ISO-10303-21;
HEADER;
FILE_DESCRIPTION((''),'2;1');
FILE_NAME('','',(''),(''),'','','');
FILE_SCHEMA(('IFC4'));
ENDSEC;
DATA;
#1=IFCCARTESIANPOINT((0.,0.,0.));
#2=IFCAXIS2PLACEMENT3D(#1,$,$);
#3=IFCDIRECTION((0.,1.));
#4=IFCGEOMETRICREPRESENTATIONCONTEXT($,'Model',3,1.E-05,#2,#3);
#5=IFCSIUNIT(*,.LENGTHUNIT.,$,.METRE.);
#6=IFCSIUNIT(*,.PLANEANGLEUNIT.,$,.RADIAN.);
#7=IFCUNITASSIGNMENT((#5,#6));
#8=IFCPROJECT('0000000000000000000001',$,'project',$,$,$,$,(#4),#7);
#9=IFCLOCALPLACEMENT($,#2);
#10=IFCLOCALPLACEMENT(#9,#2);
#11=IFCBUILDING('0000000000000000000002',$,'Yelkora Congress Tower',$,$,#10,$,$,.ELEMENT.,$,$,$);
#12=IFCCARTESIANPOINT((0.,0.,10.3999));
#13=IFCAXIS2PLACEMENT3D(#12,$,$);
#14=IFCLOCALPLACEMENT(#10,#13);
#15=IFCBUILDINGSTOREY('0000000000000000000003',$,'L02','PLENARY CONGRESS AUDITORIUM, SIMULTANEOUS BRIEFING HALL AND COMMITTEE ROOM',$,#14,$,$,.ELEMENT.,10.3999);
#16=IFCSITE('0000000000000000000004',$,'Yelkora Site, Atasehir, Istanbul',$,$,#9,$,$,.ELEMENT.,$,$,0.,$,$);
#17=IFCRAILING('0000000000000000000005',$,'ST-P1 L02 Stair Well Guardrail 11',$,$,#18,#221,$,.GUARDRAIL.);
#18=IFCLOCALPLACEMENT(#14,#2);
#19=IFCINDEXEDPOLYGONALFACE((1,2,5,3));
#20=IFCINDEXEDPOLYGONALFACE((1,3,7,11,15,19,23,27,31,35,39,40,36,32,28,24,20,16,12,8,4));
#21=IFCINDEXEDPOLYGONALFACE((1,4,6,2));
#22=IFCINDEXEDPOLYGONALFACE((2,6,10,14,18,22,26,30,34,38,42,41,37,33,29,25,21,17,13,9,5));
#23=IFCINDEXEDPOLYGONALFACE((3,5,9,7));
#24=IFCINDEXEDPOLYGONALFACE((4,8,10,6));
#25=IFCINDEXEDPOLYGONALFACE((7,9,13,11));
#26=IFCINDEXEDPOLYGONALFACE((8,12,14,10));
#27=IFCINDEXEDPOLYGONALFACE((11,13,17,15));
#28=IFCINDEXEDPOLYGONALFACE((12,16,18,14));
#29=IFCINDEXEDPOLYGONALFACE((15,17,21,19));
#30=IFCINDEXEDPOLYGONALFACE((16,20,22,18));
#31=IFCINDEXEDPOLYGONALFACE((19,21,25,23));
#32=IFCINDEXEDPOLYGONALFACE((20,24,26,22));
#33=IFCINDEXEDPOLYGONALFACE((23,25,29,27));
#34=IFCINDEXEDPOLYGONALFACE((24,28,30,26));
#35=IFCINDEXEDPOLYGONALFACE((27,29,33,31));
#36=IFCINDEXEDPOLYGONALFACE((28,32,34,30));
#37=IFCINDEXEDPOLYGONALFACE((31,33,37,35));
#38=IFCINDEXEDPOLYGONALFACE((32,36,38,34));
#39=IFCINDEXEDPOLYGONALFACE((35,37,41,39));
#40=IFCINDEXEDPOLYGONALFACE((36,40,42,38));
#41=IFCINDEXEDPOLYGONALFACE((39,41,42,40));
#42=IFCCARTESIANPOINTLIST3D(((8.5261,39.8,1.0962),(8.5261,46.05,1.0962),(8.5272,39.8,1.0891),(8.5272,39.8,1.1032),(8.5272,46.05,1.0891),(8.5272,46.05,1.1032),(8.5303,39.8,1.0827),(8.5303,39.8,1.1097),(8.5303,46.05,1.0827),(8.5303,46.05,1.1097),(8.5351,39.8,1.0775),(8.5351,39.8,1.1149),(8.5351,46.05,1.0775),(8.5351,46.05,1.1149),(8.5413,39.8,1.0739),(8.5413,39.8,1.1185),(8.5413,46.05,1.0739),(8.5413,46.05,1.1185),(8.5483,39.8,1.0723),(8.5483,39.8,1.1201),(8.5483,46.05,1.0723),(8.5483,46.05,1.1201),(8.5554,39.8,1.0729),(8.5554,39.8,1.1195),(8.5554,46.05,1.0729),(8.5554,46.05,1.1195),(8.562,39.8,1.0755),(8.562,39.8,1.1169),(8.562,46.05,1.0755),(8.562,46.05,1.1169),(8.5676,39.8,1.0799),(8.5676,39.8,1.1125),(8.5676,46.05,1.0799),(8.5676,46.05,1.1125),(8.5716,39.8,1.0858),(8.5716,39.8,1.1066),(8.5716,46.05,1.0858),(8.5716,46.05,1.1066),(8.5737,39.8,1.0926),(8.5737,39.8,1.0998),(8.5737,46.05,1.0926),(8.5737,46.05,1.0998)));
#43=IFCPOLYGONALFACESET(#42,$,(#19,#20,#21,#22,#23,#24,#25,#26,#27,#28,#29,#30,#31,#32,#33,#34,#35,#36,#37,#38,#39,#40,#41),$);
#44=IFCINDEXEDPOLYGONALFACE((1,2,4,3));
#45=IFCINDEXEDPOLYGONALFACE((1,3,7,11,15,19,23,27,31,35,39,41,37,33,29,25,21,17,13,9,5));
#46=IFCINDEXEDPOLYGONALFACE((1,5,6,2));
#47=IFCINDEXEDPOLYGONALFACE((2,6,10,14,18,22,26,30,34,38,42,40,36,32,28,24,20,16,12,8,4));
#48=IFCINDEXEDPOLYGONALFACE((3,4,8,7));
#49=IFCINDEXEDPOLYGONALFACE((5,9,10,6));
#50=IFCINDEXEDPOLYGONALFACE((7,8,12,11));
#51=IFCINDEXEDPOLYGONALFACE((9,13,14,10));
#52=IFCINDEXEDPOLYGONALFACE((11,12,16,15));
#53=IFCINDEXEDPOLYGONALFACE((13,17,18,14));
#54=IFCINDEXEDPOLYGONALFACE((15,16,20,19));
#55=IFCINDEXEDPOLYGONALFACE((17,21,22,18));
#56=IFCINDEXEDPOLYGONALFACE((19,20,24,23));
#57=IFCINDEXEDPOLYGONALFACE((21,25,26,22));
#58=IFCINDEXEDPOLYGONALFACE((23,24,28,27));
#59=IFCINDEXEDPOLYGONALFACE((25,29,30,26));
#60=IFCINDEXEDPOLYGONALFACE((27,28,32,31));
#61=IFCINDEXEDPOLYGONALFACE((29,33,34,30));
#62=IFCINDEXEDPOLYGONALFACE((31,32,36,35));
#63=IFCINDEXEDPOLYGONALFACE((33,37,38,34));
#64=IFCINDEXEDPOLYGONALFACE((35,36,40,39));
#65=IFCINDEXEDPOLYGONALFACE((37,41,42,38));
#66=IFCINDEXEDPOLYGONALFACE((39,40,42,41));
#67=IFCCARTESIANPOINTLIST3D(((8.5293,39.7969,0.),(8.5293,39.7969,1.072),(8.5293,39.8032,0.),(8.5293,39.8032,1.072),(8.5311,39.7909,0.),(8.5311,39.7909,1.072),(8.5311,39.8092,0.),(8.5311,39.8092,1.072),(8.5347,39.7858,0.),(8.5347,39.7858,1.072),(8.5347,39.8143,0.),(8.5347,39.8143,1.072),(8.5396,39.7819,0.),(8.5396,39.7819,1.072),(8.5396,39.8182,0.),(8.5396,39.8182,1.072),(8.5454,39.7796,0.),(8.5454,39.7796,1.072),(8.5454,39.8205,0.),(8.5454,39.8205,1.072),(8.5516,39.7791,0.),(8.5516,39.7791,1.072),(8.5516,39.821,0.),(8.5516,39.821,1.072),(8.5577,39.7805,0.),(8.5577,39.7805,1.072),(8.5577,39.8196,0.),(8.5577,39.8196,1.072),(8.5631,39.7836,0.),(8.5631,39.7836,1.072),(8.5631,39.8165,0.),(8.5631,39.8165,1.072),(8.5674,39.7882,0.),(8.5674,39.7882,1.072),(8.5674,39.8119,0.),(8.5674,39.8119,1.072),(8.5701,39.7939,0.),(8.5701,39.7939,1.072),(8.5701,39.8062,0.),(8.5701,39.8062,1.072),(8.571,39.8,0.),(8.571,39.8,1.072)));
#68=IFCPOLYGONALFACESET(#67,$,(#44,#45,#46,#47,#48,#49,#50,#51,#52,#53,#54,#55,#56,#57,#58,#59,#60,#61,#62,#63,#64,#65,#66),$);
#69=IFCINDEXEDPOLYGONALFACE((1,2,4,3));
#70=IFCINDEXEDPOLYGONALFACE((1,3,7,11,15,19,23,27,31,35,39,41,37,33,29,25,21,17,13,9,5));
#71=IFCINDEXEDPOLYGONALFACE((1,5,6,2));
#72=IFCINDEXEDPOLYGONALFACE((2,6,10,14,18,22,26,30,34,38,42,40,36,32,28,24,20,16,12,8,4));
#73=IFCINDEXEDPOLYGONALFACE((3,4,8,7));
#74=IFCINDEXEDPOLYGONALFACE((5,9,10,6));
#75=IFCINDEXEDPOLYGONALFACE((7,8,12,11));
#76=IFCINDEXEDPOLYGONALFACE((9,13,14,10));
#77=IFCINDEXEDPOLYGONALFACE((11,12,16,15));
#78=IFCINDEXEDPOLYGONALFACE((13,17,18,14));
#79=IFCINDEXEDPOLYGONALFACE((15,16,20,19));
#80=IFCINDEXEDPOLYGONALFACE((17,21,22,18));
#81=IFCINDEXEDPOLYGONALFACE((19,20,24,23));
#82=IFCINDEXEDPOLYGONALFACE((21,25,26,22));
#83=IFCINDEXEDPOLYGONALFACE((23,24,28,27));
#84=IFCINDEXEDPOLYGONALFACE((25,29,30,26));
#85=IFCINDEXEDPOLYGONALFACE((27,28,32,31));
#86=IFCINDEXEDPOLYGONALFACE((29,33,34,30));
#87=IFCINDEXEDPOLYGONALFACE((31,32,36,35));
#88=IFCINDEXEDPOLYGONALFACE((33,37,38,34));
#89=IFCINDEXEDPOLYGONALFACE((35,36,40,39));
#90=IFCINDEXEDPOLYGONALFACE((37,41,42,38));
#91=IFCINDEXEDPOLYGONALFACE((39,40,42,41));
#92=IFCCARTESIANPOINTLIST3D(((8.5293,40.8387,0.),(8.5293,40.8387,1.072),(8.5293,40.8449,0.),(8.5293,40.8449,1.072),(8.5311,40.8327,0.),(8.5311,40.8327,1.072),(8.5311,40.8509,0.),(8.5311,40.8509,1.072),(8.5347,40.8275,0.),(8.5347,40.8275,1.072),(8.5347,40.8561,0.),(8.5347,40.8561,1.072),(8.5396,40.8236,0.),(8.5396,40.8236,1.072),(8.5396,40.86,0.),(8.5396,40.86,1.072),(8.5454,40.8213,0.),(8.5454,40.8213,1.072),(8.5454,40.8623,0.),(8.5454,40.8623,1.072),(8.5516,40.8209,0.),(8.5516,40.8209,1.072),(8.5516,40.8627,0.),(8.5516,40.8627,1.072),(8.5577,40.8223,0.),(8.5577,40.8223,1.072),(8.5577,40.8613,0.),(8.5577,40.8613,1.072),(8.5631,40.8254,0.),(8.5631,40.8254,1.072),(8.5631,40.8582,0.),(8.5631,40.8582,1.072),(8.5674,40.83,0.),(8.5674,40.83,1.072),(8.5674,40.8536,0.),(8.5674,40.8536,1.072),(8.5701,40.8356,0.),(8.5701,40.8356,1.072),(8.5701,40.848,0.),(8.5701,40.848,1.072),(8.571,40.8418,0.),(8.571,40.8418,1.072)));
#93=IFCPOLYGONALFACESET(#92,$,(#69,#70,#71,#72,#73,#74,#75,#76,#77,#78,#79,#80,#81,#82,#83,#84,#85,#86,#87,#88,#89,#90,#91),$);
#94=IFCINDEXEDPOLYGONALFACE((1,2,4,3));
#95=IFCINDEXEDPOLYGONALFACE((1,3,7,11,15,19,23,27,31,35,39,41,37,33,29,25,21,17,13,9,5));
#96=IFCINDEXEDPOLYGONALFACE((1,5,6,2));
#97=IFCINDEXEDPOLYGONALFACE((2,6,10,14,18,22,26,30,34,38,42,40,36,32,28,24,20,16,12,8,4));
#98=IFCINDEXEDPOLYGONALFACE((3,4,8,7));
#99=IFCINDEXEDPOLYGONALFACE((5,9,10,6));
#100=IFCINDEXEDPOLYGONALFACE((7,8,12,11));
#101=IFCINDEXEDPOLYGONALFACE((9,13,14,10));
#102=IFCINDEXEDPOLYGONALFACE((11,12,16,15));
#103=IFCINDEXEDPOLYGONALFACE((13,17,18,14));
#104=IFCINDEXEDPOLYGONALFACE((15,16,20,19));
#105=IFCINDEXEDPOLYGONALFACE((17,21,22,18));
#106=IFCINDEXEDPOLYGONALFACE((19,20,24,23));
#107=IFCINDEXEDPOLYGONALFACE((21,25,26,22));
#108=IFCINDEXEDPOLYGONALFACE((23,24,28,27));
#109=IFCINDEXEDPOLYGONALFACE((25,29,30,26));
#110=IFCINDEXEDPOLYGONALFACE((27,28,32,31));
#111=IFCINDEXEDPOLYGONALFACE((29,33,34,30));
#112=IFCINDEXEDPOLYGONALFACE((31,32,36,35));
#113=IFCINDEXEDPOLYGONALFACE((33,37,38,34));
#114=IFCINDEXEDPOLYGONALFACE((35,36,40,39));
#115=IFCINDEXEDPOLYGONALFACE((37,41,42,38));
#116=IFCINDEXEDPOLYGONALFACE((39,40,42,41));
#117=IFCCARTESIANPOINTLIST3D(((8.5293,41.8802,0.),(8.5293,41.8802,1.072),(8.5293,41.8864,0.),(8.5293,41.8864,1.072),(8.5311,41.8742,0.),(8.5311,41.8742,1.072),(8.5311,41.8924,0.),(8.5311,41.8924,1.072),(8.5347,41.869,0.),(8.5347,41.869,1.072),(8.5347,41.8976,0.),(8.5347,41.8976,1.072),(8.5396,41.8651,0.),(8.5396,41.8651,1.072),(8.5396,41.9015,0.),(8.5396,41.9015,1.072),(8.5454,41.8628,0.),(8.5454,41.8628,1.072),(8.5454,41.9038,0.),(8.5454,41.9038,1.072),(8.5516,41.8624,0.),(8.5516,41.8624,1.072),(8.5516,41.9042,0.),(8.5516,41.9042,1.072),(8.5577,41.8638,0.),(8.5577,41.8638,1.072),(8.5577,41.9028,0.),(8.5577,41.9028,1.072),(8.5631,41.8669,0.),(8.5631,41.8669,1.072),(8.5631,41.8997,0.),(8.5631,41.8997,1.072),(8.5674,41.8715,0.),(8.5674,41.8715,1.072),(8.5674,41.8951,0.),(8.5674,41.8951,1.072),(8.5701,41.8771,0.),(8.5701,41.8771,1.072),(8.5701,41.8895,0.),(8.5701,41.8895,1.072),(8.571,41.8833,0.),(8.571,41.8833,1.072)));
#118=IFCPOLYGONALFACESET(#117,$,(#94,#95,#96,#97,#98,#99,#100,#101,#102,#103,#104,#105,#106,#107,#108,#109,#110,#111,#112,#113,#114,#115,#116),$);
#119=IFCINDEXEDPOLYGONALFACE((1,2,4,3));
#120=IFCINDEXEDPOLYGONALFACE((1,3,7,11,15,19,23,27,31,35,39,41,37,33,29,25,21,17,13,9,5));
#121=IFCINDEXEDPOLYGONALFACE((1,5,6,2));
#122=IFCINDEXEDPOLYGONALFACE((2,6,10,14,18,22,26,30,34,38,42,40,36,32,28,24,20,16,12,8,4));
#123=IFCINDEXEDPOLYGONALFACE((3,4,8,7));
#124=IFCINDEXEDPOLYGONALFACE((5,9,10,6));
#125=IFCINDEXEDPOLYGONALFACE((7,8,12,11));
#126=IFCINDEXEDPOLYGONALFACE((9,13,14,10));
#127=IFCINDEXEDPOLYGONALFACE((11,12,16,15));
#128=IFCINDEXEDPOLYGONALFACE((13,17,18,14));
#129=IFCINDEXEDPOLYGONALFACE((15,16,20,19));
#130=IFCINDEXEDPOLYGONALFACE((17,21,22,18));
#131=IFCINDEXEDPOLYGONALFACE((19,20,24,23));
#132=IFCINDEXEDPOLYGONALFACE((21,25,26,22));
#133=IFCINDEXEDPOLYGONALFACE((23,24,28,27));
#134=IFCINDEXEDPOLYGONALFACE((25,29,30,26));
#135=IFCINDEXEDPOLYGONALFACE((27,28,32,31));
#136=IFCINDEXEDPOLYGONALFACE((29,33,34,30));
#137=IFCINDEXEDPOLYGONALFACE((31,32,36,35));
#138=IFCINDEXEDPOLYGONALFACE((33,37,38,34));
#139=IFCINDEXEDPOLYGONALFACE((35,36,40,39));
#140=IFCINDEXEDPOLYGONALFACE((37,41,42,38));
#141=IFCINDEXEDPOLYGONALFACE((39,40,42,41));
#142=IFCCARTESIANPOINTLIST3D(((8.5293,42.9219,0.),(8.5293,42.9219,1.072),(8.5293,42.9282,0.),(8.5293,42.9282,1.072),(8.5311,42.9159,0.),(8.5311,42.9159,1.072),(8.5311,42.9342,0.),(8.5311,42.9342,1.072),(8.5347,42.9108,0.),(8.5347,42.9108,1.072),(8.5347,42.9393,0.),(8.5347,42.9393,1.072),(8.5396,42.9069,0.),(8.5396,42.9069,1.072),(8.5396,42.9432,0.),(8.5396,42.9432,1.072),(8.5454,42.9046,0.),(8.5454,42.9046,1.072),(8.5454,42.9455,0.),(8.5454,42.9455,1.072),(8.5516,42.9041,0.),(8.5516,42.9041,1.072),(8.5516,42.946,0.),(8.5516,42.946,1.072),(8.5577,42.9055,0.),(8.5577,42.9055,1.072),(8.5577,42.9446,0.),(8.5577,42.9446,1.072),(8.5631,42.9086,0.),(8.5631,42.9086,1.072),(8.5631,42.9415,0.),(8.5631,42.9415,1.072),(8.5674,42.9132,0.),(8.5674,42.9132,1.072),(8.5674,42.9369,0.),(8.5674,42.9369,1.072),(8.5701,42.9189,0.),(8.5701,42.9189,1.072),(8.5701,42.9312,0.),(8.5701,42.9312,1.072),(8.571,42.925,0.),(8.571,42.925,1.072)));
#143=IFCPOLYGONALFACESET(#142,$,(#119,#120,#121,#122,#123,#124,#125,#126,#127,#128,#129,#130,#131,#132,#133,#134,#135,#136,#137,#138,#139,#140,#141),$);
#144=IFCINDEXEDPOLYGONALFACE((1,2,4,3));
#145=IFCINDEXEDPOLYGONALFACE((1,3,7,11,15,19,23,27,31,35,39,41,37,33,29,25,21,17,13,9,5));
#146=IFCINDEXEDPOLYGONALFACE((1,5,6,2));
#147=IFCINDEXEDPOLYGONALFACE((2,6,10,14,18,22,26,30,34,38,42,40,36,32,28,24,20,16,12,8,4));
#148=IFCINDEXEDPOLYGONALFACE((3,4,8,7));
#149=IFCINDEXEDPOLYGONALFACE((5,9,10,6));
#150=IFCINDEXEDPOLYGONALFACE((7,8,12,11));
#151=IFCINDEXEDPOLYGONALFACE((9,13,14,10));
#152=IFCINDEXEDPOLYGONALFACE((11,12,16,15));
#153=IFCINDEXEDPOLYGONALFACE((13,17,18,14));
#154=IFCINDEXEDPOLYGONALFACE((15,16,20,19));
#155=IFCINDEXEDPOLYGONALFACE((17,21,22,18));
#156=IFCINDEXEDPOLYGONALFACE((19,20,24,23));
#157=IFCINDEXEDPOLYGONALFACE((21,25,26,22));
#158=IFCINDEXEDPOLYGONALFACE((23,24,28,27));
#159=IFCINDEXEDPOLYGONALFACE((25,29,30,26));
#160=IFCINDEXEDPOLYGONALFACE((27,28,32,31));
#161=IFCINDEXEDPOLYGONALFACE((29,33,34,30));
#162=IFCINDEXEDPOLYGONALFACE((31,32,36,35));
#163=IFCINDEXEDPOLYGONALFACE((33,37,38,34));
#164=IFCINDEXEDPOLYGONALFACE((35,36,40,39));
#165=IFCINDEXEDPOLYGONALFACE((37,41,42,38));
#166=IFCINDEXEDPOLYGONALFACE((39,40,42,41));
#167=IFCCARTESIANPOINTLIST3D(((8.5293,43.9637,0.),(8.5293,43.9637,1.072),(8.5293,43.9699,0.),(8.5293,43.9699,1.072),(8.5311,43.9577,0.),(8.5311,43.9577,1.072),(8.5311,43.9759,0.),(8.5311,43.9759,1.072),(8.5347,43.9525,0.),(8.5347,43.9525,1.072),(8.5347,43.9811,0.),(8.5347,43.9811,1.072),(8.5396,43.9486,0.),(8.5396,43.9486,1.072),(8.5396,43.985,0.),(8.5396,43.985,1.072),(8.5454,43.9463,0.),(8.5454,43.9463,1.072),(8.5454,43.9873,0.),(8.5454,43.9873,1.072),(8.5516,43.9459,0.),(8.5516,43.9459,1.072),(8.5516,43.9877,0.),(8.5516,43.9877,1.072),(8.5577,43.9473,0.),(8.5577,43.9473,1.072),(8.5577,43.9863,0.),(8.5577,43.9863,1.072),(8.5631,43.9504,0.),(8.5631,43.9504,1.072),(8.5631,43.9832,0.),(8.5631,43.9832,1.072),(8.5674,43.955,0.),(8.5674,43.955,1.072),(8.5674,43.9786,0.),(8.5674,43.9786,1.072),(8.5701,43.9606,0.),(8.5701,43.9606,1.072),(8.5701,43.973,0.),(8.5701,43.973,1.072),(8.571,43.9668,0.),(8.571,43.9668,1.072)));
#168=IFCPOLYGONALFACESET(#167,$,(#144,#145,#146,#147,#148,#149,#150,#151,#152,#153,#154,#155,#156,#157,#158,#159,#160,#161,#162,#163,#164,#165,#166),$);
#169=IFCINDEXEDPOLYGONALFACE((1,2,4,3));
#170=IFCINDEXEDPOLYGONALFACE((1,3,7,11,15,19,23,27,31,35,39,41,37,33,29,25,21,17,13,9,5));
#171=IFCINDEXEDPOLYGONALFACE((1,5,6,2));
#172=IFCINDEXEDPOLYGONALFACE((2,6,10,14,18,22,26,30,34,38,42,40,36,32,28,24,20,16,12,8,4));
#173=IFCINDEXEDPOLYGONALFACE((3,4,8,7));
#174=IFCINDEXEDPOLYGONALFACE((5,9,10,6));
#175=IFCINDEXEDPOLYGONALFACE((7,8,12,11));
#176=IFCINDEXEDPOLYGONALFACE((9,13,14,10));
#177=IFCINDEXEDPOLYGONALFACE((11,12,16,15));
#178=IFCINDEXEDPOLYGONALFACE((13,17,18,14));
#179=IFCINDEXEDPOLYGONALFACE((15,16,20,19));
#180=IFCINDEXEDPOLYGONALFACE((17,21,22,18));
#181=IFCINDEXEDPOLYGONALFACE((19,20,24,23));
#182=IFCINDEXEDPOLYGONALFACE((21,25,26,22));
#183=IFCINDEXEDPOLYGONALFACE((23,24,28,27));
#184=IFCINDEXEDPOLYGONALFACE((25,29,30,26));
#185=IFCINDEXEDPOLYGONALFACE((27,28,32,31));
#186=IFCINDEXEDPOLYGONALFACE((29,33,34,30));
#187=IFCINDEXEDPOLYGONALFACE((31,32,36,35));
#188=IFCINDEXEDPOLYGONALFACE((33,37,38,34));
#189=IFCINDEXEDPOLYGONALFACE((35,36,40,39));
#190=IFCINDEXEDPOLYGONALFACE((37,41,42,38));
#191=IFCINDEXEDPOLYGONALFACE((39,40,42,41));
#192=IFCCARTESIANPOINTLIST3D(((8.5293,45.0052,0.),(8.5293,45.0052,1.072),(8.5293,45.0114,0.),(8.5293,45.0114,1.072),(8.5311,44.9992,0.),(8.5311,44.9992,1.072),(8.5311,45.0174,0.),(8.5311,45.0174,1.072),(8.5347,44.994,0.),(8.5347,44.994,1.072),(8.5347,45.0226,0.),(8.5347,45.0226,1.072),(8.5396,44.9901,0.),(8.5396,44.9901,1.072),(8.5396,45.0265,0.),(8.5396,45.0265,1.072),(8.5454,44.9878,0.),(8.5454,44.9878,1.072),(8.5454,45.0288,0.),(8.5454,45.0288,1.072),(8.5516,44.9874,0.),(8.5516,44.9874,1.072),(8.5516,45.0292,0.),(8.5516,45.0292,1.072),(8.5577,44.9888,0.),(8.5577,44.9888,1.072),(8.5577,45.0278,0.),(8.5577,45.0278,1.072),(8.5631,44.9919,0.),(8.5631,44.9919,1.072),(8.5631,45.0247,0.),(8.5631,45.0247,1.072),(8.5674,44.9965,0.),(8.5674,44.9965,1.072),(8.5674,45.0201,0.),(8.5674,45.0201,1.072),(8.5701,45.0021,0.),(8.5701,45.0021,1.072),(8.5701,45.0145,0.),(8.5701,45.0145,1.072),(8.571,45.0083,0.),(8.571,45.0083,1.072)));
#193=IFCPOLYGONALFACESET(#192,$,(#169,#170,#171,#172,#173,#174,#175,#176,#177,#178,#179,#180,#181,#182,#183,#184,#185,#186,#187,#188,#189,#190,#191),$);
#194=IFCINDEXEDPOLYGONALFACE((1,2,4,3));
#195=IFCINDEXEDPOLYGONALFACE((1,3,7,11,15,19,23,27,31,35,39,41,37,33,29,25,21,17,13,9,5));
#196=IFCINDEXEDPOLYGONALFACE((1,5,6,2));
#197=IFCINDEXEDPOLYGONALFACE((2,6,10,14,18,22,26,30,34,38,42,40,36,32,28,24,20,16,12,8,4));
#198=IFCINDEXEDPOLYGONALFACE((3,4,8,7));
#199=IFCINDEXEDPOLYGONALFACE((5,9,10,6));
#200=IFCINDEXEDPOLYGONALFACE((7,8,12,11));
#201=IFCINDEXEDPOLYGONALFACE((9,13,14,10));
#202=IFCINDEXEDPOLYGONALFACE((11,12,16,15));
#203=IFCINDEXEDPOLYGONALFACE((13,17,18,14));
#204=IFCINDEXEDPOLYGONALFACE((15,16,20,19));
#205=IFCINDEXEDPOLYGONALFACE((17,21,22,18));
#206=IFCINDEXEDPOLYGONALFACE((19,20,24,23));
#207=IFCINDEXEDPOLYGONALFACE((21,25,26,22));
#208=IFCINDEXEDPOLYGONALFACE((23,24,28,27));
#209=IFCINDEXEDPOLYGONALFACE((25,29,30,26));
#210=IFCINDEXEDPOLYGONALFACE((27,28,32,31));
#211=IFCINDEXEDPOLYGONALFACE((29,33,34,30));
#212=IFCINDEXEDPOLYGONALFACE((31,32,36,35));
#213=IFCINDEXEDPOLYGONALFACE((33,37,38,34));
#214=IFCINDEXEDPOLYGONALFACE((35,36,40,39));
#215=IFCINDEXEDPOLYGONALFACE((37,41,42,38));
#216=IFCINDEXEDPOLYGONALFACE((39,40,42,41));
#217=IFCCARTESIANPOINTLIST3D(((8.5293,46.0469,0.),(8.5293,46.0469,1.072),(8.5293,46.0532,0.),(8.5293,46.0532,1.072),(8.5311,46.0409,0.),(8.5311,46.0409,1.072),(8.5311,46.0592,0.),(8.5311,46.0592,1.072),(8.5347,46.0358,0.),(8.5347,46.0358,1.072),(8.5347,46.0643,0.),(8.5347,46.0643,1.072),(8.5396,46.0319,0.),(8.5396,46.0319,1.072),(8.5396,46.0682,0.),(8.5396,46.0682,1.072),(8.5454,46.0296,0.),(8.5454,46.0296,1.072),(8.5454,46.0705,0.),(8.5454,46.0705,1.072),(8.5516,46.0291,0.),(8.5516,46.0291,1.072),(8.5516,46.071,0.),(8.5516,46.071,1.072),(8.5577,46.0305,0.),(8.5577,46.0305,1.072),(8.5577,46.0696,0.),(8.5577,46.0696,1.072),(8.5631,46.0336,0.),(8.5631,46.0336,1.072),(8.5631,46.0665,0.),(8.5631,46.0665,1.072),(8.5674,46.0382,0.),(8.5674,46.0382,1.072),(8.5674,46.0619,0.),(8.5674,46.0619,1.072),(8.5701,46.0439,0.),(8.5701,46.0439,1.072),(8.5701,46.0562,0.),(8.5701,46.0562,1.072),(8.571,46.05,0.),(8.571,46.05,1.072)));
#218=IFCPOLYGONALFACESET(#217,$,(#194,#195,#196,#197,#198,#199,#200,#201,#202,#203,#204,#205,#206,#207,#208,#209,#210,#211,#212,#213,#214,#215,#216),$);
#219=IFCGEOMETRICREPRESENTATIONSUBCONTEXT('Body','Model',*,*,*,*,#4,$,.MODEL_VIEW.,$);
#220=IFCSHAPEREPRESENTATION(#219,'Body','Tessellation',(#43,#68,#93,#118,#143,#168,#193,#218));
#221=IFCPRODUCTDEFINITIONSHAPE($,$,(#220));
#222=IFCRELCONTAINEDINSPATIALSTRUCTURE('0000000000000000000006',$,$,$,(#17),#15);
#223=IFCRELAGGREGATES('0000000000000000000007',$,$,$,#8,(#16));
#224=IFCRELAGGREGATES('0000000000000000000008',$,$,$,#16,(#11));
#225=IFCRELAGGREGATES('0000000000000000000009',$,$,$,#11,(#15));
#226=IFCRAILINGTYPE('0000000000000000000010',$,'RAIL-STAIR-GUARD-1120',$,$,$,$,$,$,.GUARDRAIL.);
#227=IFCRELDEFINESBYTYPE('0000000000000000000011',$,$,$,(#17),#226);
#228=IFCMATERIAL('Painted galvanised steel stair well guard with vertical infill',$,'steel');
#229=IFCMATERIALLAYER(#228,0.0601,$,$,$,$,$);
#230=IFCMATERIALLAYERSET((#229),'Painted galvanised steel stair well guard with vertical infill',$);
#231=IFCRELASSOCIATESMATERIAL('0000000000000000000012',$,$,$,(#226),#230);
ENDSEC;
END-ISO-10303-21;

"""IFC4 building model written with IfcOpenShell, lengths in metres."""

from ifc_helpers import new_model, si_unit, direction, frame, origin, origin_2d, place, context, subcontext, project, spatial, circle, extrude, material, layer, layer_set, type_object, element, save


model = new_model("IFC4")

# Units and contexts
model_context = context("Model", 3, precision=1e-05, world=origin(), true_north=direction((0.0, 1.0)))
body_context = subcontext(model_context, "Body", "Model", "MODEL_VIEW")
ifc_project = project(units=[si_unit("LENGTHUNIT", "METRE"), si_unit("PLANEANGLEUNIT", "RADIAN")], contexts=[model_context])

# Site, building, storey
site_placement = place(None, origin())
site = spatial("IfcSite", under=ifc_project, at=site_placement, Name="Yelkora Site, Atasehir, Istanbul", CompositionType="ELEMENT", RefElevation=0.0)
building_placement = place(site_placement, origin())
building = spatial("IfcBuilding", under=site, at=building_placement, Name="Yelkora Congress Tower", CompositionType="ELEMENT")
storey_placement = place(building_placement, frame((0.0, 0.0, 10.3999)))
storey = spatial("IfcBuildingStorey", under=building, at=storey_placement, Name="L02", Description="PLENARY CONGRESS AUDITORIUM, SIMULTANEOUS BRIEFING HALL AND COMMITTEE ROOM", CompositionType="ELEMENT", Elevation=10.3999)

# Railing
ifc_material_1 = material(Name="Painted galvanised steel stair well guard with vertical infill", Category="steel")
ifc_layer_1 = layer(ifc_material_1, 0.0601)
ifc_layer_set_1 = layer_set([ifc_layer_1], Name="Painted galvanised steel stair well guard with vertical infill")
railing_type_1 = type_object("IfcRailingType", Name="RAIL-STAIR-GUARD-1120", PredefinedType="GUARDRAIL", material=ifc_layer_set_1)
railing_1_placement = place(storey_placement, frame((8.55, 39.8, 0.0)))
element("IfcRailing", 1, at=railing_1_placement, inside=storey, type_object=railing_type_1, Name="ST-P1 L02 Stair Well Guardrail 11", PredefinedType="GUARDRAIL", context=body_context, shape_type="SweptSolid", body=[
    extrude(circle(Radius=0.0239, at=origin_2d()), frame((0.0, 0.0, 1.0962), z_axis=(0.0, 1.0, 0.0), x_axis=(-1.0, 0.0, 0.0)), (0.0, 0.0, 1.0), 6.25),
    extrude(circle(Radius=0.021, at=origin_2d()), origin(), (0.0, 0.0, 1.0), 1.072),
    extrude(circle(Radius=0.021, at=origin_2d()), frame((0.0, 1.0417, 0.0)), (0.0, 0.0, 1.0), 1.072),
    extrude(circle(Radius=0.021, at=origin_2d()), frame((0.0, 2.0833, 0.0)), (0.0, 0.0, 1.0), 1.072),
    extrude(circle(Radius=0.021, at=origin_2d()), frame((0.0, 3.125, 0.0)), (0.0, 0.0, 1.0), 1.072),
    extrude(circle(Radius=0.021, at=origin_2d()), frame((0.0, 4.1667, 0.0)), (0.0, 0.0, 1.0), 1.072),
    extrude(circle(Radius=0.021, at=origin_2d()), frame((0.0, 5.2083, 0.0)), (0.0, 0.0, 1.0), 1.072),
    extrude(circle(Radius=0.021, at=origin_2d()), frame((0.0, 6.25, 0.0)), (0.0, 0.0, 1.0), 1.072),
])

save(model, "model.ifc")
